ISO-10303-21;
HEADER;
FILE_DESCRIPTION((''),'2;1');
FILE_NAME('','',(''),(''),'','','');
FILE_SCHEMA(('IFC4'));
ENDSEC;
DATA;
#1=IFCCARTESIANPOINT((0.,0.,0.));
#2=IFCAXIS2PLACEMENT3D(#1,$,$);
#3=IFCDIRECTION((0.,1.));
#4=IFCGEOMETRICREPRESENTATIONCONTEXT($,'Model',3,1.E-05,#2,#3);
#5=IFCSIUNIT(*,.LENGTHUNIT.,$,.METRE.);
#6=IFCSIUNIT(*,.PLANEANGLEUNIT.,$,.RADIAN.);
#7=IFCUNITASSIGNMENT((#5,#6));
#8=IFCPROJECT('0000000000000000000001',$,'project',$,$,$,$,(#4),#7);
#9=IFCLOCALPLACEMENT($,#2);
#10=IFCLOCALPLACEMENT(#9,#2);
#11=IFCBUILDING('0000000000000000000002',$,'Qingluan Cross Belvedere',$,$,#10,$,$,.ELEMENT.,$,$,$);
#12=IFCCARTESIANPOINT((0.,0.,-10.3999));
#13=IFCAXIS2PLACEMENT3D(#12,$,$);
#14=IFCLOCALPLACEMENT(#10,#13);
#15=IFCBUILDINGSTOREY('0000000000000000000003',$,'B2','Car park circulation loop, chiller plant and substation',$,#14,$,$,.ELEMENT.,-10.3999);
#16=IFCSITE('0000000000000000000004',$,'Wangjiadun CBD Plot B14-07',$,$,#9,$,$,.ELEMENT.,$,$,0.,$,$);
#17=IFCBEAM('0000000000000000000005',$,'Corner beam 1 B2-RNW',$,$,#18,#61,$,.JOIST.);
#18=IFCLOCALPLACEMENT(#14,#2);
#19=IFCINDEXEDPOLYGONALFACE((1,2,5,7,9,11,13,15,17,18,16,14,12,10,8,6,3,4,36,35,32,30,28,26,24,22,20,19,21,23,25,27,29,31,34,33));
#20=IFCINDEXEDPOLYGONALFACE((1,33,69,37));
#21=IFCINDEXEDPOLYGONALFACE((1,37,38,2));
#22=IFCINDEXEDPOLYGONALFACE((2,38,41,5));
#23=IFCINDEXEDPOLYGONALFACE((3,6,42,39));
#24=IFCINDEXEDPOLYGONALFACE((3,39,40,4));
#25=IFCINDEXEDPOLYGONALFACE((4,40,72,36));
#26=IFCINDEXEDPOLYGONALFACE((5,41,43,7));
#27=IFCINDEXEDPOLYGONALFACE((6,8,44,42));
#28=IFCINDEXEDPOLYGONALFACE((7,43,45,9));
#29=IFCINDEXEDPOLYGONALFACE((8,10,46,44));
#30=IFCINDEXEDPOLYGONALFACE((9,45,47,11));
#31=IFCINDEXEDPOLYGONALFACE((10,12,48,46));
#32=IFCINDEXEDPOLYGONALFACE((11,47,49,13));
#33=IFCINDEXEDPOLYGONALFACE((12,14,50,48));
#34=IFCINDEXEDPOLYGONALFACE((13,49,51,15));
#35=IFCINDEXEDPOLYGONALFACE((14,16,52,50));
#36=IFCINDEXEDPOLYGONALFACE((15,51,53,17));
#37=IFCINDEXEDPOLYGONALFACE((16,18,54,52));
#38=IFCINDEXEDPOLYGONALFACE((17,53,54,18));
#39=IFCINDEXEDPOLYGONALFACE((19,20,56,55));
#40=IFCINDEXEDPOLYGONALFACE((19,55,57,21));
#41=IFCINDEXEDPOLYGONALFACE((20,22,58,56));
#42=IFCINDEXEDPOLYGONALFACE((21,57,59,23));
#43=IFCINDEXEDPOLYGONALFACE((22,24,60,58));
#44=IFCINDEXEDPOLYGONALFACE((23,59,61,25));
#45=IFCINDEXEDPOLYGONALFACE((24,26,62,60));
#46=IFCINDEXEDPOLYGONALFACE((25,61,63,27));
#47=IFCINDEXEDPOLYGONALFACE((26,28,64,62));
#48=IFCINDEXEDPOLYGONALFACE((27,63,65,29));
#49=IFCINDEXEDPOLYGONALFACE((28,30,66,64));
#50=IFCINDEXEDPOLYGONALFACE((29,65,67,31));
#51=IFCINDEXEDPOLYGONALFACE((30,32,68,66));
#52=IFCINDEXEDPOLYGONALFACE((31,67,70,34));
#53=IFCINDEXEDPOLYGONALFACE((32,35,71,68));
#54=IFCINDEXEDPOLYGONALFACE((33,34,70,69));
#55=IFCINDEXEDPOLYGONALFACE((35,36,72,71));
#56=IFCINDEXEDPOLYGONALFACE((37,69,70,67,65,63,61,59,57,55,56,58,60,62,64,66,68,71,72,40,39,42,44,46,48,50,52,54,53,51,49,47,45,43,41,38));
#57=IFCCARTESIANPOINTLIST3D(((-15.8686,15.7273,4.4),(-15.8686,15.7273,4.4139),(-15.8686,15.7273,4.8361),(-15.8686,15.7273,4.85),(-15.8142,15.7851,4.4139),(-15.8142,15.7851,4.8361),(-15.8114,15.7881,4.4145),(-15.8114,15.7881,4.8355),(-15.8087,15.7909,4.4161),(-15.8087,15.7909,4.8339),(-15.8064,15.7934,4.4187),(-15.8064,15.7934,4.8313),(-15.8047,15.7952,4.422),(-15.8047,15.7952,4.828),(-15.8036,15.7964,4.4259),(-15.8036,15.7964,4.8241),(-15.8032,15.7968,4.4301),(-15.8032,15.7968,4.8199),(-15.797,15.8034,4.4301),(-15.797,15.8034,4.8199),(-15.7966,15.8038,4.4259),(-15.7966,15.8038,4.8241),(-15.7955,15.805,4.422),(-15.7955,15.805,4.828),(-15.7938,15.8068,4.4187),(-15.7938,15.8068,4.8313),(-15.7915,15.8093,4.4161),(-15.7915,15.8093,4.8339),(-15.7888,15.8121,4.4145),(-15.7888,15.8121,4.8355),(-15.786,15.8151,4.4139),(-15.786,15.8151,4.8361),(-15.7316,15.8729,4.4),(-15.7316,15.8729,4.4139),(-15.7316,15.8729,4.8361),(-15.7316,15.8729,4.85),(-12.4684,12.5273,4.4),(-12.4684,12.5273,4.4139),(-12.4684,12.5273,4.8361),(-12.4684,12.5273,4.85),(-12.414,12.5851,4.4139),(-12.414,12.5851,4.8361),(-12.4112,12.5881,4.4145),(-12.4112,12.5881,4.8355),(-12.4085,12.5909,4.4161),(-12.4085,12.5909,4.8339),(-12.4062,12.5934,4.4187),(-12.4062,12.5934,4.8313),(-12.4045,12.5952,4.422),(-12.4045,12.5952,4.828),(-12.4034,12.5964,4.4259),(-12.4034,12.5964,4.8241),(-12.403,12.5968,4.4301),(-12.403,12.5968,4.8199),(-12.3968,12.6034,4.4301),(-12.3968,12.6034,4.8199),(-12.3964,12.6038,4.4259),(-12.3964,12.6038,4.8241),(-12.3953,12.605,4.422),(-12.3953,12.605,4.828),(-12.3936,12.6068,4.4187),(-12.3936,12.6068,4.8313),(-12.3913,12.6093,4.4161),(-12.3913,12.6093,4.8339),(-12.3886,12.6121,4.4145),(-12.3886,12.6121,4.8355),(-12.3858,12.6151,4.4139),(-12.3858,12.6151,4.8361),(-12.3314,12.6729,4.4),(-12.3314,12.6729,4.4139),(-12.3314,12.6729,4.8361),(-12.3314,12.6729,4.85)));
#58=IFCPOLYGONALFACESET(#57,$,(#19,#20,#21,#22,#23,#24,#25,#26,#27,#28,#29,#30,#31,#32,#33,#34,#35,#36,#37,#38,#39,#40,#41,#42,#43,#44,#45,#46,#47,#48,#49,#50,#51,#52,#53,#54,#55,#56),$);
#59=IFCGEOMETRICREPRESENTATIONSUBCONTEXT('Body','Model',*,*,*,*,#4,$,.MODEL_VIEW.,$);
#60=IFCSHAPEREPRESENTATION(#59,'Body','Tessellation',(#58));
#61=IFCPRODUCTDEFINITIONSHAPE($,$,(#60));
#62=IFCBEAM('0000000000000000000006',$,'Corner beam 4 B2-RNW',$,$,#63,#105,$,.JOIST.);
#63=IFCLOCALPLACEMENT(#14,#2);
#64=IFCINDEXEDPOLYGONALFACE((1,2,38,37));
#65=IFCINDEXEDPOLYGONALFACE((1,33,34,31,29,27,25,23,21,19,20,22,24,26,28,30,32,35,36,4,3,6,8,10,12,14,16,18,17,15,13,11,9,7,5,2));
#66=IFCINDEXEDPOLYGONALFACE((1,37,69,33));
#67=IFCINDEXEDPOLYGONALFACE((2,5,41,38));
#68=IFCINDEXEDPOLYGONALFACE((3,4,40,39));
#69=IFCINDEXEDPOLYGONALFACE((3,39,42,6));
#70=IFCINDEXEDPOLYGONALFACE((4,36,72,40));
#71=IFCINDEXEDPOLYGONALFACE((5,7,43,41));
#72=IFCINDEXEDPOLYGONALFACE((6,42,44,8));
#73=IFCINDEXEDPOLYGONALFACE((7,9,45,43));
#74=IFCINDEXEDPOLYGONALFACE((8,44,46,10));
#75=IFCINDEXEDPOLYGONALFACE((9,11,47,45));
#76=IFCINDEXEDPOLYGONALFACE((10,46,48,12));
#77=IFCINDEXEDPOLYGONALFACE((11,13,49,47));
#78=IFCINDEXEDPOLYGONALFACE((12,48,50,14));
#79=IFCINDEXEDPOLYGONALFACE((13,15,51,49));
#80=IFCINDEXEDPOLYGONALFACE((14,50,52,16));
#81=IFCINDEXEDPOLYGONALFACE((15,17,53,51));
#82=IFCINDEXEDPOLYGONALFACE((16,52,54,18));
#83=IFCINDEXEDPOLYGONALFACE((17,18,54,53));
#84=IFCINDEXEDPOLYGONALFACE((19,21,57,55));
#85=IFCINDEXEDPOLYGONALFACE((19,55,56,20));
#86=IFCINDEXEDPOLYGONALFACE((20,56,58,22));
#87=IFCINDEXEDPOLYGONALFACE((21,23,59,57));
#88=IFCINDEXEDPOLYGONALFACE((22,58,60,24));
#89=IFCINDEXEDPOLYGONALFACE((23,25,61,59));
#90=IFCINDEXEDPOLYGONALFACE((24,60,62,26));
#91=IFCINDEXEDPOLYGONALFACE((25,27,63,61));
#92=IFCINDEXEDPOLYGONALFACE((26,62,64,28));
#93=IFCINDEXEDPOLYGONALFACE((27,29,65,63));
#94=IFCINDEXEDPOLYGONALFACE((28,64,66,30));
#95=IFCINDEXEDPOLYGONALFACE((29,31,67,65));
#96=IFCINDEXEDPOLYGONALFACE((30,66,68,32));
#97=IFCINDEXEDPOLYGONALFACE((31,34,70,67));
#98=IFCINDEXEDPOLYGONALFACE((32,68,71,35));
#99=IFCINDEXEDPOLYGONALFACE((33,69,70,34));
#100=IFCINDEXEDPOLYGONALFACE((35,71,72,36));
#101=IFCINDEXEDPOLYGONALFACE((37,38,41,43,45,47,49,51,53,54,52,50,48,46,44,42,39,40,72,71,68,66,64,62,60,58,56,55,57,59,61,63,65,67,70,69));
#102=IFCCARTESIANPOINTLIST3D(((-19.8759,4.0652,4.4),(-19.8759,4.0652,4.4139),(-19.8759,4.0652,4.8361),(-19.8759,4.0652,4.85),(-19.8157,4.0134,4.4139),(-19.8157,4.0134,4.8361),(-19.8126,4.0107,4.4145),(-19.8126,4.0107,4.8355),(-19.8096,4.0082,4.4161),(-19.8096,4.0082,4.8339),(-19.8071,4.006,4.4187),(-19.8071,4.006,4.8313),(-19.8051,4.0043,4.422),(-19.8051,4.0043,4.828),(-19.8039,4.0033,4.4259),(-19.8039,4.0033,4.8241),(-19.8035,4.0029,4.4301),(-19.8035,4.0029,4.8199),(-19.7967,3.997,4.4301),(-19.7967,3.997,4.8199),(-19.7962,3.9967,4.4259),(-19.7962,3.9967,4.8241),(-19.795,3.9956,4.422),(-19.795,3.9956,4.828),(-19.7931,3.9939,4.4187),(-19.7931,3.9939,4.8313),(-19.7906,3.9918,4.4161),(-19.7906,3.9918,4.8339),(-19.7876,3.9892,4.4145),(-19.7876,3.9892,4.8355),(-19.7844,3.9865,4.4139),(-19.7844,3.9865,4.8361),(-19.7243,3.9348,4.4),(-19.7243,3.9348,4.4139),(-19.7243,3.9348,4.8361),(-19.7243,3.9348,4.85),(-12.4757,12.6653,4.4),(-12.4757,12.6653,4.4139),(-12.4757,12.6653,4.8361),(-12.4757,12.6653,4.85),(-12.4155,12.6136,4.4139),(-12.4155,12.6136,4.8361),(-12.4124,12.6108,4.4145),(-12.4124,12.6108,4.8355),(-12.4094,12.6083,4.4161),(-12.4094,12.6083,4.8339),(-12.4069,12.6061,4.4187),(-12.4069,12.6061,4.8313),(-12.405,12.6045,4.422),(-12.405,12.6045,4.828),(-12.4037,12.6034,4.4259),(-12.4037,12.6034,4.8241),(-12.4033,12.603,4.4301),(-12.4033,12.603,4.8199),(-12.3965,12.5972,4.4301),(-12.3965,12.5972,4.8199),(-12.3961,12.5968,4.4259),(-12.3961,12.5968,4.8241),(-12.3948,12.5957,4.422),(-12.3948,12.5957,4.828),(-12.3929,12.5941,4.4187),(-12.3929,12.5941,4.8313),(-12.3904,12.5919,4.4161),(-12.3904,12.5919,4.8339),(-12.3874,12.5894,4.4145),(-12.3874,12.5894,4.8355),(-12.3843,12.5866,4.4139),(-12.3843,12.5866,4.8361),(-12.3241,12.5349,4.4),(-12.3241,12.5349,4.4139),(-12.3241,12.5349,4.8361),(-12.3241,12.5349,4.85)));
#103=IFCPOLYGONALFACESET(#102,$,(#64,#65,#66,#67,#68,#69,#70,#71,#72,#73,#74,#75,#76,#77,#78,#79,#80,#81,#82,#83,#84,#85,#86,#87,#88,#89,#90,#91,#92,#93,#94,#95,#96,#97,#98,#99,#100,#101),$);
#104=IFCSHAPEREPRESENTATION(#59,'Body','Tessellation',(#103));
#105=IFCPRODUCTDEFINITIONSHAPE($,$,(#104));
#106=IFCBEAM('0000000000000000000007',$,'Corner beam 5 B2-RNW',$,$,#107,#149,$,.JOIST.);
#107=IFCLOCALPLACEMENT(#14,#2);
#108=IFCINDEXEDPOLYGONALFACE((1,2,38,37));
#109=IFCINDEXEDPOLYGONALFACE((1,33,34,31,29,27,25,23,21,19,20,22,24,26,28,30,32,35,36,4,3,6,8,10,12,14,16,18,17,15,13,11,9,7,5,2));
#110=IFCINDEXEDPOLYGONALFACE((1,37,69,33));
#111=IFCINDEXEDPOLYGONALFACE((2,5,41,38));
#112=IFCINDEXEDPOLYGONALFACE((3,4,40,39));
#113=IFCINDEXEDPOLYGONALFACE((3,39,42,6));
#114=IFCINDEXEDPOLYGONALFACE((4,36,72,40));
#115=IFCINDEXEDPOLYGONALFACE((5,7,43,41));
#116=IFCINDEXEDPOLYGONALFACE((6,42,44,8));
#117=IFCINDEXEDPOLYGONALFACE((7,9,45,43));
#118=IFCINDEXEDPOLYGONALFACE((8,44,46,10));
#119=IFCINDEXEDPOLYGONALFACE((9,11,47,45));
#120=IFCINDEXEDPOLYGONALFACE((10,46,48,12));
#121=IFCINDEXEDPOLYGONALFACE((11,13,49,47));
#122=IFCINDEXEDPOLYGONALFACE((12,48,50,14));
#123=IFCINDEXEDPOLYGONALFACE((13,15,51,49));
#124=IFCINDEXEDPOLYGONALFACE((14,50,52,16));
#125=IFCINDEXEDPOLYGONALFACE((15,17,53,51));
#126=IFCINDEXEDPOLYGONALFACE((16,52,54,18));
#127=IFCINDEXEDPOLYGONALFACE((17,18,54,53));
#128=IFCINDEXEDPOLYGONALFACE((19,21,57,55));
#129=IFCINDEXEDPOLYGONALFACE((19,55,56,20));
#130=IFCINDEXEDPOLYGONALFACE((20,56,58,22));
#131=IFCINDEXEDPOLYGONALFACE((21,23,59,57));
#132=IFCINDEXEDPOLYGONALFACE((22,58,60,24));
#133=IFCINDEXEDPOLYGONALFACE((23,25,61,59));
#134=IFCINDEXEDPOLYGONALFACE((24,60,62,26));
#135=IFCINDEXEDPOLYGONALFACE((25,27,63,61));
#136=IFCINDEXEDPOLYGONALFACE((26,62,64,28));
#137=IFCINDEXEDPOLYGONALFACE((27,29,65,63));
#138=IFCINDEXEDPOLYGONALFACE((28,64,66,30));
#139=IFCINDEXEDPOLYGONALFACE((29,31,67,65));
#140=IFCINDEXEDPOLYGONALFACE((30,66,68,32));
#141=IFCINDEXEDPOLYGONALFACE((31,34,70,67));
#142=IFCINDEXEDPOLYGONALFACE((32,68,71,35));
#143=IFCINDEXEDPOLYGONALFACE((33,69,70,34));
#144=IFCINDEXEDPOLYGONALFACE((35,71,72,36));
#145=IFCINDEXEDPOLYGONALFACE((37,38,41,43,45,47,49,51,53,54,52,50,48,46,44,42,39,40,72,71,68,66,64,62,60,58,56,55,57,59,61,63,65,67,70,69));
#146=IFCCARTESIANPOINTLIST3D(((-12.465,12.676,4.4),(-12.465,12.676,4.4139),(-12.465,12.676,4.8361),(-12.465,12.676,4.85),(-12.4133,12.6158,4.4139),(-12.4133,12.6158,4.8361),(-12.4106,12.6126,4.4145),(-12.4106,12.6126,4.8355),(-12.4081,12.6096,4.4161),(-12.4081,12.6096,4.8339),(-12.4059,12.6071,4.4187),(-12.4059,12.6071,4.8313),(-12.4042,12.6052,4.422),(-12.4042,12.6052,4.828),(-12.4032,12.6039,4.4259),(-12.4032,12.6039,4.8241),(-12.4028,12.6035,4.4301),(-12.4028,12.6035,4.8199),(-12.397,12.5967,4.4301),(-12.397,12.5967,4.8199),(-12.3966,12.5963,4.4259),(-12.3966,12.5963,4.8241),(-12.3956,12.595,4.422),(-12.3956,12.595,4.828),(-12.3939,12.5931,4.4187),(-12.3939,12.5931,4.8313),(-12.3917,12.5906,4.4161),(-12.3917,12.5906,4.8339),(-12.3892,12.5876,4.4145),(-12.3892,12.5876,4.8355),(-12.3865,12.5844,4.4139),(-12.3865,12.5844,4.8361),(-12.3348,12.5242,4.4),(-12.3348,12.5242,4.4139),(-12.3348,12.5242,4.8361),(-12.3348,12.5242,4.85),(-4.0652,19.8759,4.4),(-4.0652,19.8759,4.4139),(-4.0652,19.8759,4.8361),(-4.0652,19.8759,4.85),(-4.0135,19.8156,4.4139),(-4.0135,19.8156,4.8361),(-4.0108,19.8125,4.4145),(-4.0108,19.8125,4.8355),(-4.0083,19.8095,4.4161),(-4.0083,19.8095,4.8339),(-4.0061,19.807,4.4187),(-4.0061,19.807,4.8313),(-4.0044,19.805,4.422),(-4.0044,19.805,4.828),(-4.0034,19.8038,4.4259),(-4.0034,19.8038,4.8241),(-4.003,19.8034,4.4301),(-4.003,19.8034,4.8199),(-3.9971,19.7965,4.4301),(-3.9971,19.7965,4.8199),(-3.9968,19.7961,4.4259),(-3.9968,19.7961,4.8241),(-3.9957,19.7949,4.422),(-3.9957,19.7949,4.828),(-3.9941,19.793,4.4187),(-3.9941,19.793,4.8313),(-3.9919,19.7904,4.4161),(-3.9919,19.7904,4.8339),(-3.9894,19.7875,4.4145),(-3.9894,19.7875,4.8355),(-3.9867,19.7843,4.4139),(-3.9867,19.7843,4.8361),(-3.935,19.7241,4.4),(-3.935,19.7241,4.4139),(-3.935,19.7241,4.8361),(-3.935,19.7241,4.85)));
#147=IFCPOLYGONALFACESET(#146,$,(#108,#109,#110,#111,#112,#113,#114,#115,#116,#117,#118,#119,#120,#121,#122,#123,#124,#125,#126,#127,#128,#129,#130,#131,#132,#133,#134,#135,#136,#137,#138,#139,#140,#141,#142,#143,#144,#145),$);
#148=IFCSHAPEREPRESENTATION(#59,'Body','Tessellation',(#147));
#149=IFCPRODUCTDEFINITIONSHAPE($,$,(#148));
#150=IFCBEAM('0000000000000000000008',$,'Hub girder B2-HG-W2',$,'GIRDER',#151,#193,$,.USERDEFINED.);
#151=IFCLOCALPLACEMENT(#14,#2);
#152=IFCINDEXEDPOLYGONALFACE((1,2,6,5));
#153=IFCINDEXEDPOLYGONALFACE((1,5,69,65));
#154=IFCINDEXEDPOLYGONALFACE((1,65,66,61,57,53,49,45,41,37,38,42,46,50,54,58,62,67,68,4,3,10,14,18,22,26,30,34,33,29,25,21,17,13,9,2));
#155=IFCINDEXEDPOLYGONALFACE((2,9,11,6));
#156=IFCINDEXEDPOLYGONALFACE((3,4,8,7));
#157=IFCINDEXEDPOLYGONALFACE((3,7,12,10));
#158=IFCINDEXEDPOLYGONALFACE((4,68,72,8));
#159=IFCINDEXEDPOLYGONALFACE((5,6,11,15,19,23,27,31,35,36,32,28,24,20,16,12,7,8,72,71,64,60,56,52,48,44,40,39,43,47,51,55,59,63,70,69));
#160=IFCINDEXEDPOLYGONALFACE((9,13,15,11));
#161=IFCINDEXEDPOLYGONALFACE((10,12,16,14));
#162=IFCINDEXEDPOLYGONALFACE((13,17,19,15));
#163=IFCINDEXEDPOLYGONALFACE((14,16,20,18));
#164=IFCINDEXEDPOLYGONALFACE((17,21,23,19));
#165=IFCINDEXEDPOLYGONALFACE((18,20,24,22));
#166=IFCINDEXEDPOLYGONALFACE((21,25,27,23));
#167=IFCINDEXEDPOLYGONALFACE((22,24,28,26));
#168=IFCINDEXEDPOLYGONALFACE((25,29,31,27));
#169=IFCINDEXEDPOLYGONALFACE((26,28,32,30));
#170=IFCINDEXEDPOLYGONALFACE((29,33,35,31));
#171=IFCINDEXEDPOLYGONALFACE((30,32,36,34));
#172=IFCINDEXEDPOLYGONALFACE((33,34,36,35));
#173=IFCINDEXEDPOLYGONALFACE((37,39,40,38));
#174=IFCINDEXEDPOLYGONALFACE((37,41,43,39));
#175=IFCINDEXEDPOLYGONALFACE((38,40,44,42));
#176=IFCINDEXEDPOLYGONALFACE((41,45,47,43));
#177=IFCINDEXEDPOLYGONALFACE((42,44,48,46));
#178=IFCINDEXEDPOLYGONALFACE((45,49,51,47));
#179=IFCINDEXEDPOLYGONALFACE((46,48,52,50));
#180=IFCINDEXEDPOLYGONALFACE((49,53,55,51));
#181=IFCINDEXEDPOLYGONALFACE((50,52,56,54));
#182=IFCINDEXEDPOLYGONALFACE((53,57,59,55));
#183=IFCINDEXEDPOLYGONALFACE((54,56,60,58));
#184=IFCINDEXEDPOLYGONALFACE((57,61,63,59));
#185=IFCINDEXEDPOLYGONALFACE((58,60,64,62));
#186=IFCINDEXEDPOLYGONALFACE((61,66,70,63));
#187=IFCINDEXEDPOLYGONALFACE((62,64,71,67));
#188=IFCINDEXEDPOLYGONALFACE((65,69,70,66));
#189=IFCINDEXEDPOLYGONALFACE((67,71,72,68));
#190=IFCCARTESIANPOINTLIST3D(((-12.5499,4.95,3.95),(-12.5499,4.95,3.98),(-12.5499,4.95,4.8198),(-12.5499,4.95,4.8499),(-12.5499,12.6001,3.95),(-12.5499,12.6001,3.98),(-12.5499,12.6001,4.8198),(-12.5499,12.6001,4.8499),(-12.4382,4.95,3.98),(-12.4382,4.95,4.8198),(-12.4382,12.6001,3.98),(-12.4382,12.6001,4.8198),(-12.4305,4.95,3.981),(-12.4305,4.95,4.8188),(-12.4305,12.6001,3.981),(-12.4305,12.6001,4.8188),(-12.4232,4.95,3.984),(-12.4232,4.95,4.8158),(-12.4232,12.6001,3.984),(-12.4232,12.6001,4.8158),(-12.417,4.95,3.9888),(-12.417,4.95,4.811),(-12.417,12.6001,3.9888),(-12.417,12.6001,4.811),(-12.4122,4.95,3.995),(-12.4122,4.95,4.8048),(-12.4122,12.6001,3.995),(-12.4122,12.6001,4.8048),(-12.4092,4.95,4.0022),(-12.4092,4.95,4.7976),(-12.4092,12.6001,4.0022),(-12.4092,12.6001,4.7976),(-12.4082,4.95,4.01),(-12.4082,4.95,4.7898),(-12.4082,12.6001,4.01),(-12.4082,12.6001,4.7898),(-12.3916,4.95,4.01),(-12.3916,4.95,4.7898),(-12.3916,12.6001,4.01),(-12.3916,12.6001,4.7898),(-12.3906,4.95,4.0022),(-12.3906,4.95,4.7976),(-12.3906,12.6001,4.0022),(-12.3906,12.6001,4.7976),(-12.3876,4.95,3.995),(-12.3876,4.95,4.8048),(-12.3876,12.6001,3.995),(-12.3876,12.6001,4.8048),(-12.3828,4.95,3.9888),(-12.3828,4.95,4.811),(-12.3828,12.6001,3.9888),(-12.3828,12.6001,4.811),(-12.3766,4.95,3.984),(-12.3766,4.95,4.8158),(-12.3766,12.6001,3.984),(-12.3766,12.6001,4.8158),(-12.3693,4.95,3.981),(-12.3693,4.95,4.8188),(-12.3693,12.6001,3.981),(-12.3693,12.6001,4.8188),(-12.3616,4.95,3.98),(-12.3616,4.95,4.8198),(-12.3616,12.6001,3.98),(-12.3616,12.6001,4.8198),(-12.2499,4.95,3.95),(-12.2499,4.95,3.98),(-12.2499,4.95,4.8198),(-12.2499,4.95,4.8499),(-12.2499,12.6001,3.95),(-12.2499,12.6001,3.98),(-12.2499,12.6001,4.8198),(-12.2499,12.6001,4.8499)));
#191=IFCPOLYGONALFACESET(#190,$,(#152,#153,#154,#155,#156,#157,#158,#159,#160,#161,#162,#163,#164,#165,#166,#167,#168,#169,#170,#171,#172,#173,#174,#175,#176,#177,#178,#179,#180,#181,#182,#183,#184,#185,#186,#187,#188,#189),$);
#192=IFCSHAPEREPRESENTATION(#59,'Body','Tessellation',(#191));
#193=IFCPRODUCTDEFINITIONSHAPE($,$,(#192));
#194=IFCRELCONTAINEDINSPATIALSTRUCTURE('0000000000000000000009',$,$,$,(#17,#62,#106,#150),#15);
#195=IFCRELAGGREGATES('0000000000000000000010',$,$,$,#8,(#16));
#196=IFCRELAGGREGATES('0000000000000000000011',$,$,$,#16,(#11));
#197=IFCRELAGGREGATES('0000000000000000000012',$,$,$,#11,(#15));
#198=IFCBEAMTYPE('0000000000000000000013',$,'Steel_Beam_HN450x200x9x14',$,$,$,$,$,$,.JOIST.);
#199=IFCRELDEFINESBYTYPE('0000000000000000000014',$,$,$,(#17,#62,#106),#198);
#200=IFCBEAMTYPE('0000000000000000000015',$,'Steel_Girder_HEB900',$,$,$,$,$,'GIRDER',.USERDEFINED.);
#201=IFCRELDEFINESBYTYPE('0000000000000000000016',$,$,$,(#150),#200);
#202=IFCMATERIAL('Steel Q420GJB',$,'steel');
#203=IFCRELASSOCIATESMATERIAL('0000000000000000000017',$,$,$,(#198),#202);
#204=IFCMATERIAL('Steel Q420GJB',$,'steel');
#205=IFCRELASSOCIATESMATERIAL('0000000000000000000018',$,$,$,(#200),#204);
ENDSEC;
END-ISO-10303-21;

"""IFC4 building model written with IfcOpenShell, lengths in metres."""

from ifc_helpers import new_model, si_unit, direction, frame, origin, origin_2d, place, context, subcontext, project, spatial, i_section, extrude, material, material_profile, profile_set, type_object, element, save


model = new_model("IFC4")

# Units and contexts
model_context = context("Model", 3, precision=1e-05, world=origin(), true_north=direction((0.0, 1.0)))
body_context = subcontext(model_context, "Body", "Model", "MODEL_VIEW")
ifc_project = project(units=[si_unit("LENGTHUNIT", "METRE"), si_unit("PLANEANGLEUNIT", "RADIAN")], contexts=[model_context])

# Site, building, storey
site_placement = place(None, origin())
site = spatial("IfcSite", under=ifc_project, at=site_placement, Name="Wangjiadun CBD Plot B14-07", CompositionType="ELEMENT", RefElevation=0.0)
building_placement = place(site_placement, origin())
building = spatial("IfcBuilding", under=site, at=building_placement, Name="Qingluan Cross Belvedere", CompositionType="ELEMENT")
storey_placement = place(building_placement, frame((0.0, 0.0, -10.3999)))
storey = spatial("IfcBuildingStorey", under=building, at=storey_placement, Name="B2", Description="Car park circulation loop, chiller plant and substation", CompositionType="ELEMENT", Elevation=-10.3999)

# Beams
ifc_material_1 = material(Name="Steel Q420GJB", Category="steel")
ifc_material_profile_1 = material_profile(ifc_material_1, i_section(OverallWidth=0.2, OverallDepth=0.45, WebThickness=0.009, FlangeThickness=0.0139, FilletRadius=0.0161, at=origin_2d()), Name="HN450x200x9x14")
ifc_profile_set_1 = profile_set([ifc_material_profile_1], Name="Steel Q420GJB")
beam_type_1 = type_object("IfcBeamType", Name="Steel_Beam_HN450x200x9x14", PredefinedType="JOIST", material=ifc_profile_set_1)
beam_1_placement = place(storey_placement, frame((-12.3999, 12.6001, 4.625), z_axis=(-0.72822, 0.685343, 0.0), x_axis=(-0.685343, -0.72822, 0.0)))
element("IfcBeam", 1, at=beam_1_placement, inside=storey, type_object=beam_type_1, Name="Corner beam 1 B2-RNW", PredefinedType="JOIST", context=body_context, shape_type="SweptSolid", body=[
    extrude(i_section(OverallWidth=0.2, OverallDepth=0.45, WebThickness=0.009, FlangeThickness=0.0139, FilletRadius=0.0161, at=origin_2d()), origin(), (0.0, 0.0, 1.0), 4.6692),
])
beam_2_placement = place(storey_placement, frame((-12.3999, 12.6001, 4.625), z_axis=(-0.652245, -0.758008, 0.0), x_axis=(0.758008, -0.652245, 0.0)))
element("IfcBeam", 2, at=beam_2_placement, inside=storey, type_object=beam_type_1, Name="Corner beam 4 B2-RNW", PredefinedType="JOIST", context=body_context, shape_type="SweptSolid", body=[
    extrude(i_section(OverallWidth=0.2, OverallDepth=0.45, WebThickness=0.009, FlangeThickness=0.0139, FilletRadius=0.0161, at=origin_2d()), origin(), (0.0, 0.0, 1.0), 11.3457),
])
beam_3_placement = place(storey_placement, frame((-12.3999, 12.6001, 4.625), z_axis=(0.759255, 0.650793, 0.0), x_axis=(-0.650793, 0.759255, 0.0)))
element("IfcBeam", 3, at=beam_3_placement, inside=storey, type_object=beam_type_1, Name="Corner beam 5 B2-RNW", PredefinedType="JOIST", context=body_context, shape_type="SweptSolid", body=[
    extrude(i_section(OverallWidth=0.2, OverallDepth=0.45, WebThickness=0.009, FlangeThickness=0.0139, FilletRadius=0.0161, at=origin_2d()), origin(), (0.0, 0.0, 1.0), 11.0632),
])
ifc_material_2 = material(Name="Steel Q420GJB", Category="steel")
ifc_material_profile_2 = material_profile(ifc_material_2, i_section(OverallWidth=0.3, OverallDepth=0.8999, WebThickness=0.0166, FlangeThickness=0.03, FilletRadius=0.03, at=origin_2d()), Name="HEB900")
ifc_profile_set_2 = profile_set([ifc_material_profile_2], Name="Steel Q420GJB")
beam_type_2 = type_object("IfcBeamType", Name="Steel_Girder_HEB900", ElementType="GIRDER", PredefinedType="USERDEFINED", material=ifc_profile_set_2)
beam_4_placement = place(storey_placement, frame((-12.3999, 4.95, 4.3999), z_axis=(0.0, 1.0, 0.0), x_axis=(-1.0, 0.0, 0.0)))
element("IfcBeam", 4, at=beam_4_placement, inside=storey, type_object=beam_type_2, Name="Hub girder B2-HG-W2", ObjectType="GIRDER", PredefinedType="USERDEFINED", context=body_context, shape_type="SweptSolid", body=[
    extrude(i_section(OverallWidth=0.3, OverallDepth=0.8999, WebThickness=0.0166, FlangeThickness=0.03, FilletRadius=0.03, at=origin_2d()), origin(), (0.0, 0.0, 1.0), 7.6501),
])

save(model, "model.ifc")
